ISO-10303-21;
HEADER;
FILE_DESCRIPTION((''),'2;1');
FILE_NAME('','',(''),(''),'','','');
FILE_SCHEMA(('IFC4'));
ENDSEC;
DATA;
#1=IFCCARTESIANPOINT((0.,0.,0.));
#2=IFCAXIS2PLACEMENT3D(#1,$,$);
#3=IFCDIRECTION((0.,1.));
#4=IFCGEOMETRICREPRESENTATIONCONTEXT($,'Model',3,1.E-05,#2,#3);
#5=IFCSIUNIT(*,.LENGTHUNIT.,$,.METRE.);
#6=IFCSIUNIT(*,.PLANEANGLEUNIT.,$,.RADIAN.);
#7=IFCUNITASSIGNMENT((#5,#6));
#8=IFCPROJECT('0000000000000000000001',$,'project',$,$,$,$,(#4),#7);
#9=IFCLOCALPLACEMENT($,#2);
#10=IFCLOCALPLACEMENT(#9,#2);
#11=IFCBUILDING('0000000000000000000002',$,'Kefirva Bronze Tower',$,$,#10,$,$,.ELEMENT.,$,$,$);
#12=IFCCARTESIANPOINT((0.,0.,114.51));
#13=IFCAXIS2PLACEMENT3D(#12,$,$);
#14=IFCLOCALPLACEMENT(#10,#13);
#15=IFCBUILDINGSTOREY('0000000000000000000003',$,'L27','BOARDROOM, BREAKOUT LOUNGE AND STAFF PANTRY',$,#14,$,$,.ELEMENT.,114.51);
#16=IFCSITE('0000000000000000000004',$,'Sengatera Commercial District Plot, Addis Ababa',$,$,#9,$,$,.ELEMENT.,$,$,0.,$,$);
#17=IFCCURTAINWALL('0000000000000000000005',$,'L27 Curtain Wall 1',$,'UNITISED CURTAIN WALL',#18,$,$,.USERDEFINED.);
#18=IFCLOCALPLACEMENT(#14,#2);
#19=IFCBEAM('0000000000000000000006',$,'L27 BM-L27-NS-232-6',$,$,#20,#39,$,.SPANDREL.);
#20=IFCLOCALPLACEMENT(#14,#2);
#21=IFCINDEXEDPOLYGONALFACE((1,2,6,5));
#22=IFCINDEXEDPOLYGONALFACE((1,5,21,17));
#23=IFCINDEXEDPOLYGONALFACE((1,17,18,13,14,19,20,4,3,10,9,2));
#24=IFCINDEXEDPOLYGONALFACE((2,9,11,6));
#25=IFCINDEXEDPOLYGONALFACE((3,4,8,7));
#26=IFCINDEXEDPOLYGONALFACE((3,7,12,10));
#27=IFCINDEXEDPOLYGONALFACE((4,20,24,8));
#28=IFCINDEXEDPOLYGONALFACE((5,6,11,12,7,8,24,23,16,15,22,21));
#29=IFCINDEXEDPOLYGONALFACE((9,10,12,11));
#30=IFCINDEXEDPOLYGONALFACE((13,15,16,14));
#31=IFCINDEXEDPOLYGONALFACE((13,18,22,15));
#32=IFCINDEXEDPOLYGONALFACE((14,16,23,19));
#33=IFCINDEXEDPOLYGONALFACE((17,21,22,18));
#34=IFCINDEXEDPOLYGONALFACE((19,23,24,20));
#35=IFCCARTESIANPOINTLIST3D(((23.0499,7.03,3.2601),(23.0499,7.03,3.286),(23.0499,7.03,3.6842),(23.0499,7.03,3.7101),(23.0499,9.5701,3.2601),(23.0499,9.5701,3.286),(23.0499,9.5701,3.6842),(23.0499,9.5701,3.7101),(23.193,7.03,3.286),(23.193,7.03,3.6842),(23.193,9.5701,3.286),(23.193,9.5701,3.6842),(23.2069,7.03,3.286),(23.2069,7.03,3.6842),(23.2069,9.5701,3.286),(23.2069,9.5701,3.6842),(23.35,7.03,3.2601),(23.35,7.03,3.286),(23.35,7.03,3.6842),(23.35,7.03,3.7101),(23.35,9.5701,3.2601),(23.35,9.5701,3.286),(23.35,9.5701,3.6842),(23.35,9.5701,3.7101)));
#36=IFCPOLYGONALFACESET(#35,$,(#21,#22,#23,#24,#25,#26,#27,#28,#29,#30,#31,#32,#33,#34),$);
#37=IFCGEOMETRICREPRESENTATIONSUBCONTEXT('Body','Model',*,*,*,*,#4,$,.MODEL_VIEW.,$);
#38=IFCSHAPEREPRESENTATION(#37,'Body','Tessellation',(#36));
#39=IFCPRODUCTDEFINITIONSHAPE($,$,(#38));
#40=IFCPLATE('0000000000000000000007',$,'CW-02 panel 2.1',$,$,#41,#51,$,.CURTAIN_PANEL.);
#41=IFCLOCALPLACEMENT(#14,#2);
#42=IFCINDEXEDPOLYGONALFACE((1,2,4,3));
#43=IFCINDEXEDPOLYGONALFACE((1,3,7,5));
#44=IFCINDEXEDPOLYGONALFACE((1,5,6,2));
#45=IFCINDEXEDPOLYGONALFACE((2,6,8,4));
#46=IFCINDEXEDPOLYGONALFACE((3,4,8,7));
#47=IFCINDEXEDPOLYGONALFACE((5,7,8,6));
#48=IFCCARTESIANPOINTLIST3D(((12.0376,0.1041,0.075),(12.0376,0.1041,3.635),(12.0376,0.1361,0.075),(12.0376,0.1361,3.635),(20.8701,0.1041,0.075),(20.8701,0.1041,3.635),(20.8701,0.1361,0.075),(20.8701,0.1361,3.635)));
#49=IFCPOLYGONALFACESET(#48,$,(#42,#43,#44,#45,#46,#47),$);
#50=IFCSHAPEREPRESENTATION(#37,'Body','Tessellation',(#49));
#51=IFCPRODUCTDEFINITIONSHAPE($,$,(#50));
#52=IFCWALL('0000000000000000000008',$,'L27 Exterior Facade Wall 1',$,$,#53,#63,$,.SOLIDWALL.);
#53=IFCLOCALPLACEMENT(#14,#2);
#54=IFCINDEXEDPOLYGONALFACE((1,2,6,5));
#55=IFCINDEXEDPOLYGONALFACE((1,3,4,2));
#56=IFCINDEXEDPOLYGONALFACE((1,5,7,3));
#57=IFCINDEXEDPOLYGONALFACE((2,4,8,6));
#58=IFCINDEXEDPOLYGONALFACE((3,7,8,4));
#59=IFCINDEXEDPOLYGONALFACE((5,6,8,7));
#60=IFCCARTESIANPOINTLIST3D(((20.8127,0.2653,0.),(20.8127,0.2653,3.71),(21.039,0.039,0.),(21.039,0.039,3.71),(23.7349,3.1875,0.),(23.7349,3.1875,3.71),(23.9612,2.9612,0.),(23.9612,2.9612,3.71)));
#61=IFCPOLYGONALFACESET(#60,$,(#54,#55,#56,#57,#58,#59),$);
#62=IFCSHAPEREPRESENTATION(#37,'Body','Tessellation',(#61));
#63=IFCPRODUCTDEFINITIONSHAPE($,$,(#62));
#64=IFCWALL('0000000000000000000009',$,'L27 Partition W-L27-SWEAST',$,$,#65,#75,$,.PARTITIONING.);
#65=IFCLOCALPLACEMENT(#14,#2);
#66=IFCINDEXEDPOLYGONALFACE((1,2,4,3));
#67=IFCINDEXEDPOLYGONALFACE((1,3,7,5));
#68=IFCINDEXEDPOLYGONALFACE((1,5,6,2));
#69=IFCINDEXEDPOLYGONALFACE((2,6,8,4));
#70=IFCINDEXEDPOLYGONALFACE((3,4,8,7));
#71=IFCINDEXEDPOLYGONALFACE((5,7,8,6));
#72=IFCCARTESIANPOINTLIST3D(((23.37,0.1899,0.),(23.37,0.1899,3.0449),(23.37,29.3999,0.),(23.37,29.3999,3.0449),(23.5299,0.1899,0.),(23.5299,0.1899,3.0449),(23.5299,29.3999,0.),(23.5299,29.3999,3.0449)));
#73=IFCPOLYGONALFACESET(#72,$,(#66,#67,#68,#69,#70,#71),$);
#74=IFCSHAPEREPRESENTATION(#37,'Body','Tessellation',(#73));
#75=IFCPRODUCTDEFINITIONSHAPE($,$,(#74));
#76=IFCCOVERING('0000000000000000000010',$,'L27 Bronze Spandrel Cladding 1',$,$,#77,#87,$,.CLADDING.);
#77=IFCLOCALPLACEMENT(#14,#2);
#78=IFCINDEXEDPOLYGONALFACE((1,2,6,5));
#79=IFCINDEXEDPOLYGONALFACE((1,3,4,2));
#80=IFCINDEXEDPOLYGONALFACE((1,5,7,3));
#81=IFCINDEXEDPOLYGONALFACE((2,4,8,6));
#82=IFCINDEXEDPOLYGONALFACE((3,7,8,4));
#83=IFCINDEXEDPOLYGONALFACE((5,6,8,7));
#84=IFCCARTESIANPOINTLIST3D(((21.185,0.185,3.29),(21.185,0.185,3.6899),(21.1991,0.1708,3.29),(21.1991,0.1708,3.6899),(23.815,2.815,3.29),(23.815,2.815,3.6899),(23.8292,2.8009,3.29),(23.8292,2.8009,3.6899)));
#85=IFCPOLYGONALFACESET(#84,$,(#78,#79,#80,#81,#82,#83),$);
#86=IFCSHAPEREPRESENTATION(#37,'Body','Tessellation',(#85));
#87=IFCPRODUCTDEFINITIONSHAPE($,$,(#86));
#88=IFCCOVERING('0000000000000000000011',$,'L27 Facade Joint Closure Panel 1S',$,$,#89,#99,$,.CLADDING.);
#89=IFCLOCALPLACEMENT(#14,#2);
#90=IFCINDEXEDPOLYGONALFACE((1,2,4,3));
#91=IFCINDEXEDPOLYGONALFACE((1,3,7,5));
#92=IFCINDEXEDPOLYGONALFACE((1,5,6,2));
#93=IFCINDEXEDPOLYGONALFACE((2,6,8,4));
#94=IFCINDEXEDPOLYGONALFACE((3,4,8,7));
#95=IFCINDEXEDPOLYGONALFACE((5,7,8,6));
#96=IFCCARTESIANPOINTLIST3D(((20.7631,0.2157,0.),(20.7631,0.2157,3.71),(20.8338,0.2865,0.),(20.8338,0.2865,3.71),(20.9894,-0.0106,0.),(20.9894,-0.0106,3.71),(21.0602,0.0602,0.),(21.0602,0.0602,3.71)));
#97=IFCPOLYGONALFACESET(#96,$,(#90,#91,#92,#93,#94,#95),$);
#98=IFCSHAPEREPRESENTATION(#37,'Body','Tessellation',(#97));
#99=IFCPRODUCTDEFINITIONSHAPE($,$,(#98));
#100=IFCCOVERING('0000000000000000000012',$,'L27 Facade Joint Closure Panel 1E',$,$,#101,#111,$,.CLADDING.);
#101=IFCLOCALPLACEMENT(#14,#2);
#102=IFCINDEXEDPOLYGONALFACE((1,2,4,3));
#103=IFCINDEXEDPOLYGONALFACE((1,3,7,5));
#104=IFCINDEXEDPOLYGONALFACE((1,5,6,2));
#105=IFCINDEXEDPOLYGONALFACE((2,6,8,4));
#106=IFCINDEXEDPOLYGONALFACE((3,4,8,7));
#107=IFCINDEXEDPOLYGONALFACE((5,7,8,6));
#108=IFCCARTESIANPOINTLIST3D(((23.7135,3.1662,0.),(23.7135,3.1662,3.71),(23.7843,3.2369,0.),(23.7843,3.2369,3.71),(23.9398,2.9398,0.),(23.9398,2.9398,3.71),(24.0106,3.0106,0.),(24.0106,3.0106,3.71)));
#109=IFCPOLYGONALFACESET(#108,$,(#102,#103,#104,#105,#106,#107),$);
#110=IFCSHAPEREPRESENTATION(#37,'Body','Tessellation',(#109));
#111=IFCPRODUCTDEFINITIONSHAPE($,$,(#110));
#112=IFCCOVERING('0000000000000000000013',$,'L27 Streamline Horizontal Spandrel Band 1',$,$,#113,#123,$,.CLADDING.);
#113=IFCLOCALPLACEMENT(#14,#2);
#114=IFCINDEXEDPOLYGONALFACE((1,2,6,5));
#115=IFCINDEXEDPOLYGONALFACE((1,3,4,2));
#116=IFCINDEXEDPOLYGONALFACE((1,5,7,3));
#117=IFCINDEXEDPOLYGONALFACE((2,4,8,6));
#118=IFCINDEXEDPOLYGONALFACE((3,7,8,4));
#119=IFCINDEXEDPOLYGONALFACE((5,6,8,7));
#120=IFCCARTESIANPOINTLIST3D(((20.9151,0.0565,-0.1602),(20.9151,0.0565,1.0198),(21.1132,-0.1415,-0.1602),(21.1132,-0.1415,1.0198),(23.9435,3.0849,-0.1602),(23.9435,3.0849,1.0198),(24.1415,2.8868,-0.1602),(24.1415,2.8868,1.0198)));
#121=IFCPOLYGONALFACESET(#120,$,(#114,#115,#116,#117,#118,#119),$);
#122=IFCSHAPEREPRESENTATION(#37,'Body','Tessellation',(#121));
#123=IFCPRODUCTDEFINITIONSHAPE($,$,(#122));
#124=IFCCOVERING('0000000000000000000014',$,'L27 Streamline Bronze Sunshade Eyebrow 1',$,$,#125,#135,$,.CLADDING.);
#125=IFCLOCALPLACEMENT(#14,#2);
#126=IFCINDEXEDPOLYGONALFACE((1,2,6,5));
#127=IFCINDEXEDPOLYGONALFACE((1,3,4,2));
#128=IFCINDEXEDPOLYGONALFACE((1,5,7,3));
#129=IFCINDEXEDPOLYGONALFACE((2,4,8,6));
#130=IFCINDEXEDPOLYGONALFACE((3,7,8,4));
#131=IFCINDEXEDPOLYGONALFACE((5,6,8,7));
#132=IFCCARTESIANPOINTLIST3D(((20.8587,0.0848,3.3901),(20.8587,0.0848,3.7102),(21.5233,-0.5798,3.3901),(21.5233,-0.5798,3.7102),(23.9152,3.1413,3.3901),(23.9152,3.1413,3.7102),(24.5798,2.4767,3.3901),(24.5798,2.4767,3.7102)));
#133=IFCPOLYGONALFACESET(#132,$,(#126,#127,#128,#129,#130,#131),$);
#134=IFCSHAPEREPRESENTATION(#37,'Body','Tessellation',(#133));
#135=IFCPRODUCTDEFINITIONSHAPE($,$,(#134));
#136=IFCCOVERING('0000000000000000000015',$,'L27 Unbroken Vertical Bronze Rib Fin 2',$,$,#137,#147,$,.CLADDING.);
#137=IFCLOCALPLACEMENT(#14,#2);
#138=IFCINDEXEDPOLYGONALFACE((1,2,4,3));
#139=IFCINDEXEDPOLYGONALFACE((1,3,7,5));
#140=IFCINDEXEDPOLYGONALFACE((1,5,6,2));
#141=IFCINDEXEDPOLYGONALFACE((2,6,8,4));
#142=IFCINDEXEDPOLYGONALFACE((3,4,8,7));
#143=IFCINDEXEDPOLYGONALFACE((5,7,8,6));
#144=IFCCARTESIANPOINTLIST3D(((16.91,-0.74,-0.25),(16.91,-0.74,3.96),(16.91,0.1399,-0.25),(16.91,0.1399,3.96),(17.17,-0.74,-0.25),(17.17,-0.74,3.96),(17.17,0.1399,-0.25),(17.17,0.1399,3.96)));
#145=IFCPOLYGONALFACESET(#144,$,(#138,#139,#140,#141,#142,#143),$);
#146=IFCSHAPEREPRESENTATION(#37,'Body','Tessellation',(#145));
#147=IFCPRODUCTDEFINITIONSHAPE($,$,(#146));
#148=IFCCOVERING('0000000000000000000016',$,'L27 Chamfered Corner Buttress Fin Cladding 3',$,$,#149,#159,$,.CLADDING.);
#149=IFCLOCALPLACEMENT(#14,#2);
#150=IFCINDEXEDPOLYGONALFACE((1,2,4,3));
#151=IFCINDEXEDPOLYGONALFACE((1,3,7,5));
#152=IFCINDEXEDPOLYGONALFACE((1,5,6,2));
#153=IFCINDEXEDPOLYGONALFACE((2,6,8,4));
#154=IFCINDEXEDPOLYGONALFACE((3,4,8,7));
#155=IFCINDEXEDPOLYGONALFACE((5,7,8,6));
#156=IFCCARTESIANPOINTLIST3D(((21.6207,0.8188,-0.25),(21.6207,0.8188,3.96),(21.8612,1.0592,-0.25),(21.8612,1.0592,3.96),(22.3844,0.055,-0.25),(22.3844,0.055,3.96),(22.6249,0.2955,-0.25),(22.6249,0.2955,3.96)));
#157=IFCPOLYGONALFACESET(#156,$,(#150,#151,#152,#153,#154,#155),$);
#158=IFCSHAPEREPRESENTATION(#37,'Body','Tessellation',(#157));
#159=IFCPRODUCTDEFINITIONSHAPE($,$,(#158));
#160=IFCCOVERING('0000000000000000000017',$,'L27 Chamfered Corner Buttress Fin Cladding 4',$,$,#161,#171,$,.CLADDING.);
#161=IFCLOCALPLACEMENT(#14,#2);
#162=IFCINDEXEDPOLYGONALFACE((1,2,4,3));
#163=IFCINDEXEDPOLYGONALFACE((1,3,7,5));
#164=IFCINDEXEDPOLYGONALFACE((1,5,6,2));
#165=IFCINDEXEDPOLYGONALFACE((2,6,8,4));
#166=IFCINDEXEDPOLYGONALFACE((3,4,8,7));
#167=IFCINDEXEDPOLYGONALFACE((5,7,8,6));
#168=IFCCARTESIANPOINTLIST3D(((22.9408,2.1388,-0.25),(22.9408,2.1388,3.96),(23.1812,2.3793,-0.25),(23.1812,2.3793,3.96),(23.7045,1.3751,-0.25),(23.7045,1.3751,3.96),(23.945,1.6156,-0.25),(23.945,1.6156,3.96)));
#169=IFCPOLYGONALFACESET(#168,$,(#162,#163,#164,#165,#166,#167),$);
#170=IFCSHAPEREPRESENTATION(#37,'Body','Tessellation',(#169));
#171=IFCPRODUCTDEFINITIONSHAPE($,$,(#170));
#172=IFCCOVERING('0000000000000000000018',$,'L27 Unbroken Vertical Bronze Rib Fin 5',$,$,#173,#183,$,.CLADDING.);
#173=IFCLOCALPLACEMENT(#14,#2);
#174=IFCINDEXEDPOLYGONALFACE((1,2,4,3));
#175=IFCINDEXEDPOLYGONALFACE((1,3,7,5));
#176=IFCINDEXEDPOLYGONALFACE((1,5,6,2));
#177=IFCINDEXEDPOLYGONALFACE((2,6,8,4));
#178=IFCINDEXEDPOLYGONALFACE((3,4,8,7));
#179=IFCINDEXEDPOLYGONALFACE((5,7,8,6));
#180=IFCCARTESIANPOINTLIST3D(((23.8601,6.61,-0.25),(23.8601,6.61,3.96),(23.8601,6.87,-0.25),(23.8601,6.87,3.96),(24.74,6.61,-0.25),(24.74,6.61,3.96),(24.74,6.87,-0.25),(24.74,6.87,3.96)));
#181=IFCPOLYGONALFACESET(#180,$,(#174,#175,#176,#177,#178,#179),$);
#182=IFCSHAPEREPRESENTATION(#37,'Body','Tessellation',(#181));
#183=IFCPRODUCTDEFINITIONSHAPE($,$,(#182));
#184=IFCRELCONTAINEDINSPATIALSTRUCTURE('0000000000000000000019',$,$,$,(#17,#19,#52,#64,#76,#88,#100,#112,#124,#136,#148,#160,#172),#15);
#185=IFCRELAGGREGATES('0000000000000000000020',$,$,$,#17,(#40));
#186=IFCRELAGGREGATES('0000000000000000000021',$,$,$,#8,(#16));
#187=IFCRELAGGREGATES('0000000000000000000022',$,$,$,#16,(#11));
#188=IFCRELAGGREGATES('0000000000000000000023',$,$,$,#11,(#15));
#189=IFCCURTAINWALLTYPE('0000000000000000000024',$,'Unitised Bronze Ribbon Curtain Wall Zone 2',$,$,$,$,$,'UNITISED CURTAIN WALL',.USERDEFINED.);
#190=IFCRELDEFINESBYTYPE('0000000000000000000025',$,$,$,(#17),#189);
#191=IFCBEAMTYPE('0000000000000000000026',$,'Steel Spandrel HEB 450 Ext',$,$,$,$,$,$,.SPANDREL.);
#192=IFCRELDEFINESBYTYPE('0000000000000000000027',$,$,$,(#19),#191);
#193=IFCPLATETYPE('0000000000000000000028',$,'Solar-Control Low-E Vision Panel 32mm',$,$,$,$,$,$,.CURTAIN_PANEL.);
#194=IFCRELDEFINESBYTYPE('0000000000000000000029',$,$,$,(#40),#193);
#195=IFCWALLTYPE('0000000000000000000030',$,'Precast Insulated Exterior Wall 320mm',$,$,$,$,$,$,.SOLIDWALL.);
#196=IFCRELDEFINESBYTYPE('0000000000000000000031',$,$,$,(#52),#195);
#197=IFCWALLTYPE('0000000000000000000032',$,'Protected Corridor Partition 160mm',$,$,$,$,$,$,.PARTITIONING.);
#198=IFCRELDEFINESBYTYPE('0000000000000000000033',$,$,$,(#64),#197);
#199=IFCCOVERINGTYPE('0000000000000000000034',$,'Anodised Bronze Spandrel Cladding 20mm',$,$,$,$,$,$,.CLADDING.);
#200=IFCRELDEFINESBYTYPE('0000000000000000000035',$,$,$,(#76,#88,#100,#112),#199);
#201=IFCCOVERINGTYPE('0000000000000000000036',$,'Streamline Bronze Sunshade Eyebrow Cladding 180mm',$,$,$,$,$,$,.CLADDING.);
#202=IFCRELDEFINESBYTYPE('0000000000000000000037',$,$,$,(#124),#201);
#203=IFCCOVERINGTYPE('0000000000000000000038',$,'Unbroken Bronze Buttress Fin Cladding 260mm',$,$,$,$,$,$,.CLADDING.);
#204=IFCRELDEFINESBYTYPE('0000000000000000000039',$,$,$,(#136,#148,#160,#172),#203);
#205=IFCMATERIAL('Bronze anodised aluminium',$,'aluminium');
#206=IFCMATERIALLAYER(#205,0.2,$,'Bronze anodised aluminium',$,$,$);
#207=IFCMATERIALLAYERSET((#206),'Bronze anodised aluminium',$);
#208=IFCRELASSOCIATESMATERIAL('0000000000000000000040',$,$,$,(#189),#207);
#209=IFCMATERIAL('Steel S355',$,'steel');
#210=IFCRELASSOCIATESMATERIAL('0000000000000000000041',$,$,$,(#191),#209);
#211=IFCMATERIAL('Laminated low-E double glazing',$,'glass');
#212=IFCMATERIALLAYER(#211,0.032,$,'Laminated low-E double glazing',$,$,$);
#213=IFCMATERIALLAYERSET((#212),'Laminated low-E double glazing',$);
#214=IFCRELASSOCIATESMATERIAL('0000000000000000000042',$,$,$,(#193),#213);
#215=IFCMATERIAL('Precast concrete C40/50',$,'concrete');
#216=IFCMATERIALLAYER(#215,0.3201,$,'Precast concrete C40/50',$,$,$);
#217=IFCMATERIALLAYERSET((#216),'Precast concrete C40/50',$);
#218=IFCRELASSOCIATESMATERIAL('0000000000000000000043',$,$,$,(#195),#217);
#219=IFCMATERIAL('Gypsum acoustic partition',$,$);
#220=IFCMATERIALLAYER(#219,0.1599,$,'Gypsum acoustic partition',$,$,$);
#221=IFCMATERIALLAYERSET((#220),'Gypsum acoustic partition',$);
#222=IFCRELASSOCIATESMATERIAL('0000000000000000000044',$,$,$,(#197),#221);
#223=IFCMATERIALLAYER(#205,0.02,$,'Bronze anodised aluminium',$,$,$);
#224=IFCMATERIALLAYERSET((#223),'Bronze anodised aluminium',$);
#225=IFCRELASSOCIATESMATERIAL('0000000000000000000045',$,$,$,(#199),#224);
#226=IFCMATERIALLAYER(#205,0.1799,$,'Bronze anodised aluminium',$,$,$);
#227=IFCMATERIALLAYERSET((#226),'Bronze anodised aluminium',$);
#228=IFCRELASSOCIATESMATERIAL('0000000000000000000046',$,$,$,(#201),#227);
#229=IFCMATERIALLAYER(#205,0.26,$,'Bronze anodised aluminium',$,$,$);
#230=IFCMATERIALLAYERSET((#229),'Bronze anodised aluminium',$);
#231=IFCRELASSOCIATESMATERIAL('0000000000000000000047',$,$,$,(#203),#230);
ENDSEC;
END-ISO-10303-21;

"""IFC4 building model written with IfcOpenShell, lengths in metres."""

from ifc_helpers import new_model, si_unit, direction, frame, frame_2d, origin, origin_2d, place, context, subcontext, project, spatial, rectangle, i_section, extrude, material, layer, layer_set, material_profile, profile_set, type_object, element, aggregate, save


model = new_model("IFC4")

# Units and contexts
model_context = context("Model", 3, precision=1e-05, world=origin(), true_north=direction((0.0, 1.0)))
body_context = subcontext(model_context, "Body", "Model", "MODEL_VIEW")
ifc_project = project(units=[si_unit("LENGTHUNIT", "METRE"), si_unit("PLANEANGLEUNIT", "RADIAN")], contexts=[model_context])

# Site, building, storey
site_placement = place(None, origin())
site = spatial("IfcSite", under=ifc_project, at=site_placement, Name="Sengatera Commercial District Plot, Addis Ababa", CompositionType="ELEMENT", RefElevation=0.0)
building_placement = place(site_placement, origin())
building = spatial("IfcBuilding", under=site, at=building_placement, Name="Kefirva Bronze Tower", CompositionType="ELEMENT")
storey_placement = place(building_placement, frame((0.0, 0.0, 114.51)))
storey = spatial("IfcBuildingStorey", under=building, at=storey_placement, Name="L27", Description="BOARDROOM, BREAKOUT LOUNGE AND STAFF PANTRY", CompositionType="ELEMENT", Elevation=114.51)

# Curtain wall
ifc_material_1 = material(Name="Bronze anodised aluminium", Category="aluminium")
ifc_layer_1 = layer(ifc_material_1, 0.2, Name="Bronze anodised aluminium")
ifc_layer_set_1 = layer_set([ifc_layer_1], Name="Bronze anodised aluminium")
curtain_wall_type = type_object("IfcCurtainWallType", Name="Unitised Bronze Ribbon Curtain Wall Zone 2", ElementType="UNITISED CURTAIN WALL", PredefinedType="USERDEFINED", material=ifc_layer_set_1)
curtain_wall_1_placement = place(storey_placement, origin())
curtain_wall_1 = element("IfcCurtainWall", 1, at=curtain_wall_1_placement, inside=storey, type_object=curtain_wall_type, Name="L27 Curtain Wall 1", ObjectType="UNITISED CURTAIN WALL", PredefinedType="USERDEFINED")

# Beam
ifc_material_2 = material(Name="Steel S355", Category="steel")
ifc_material_profile_1 = material_profile(ifc_material_2, i_section(OverallWidth=0.3, OverallDepth=0.45, WebThickness=0.0139, FlangeThickness=0.0259, at=origin_2d()), Name="HEB 450")
ifc_profile_set_1 = profile_set([ifc_material_profile_1], Name="Steel S355")
beam_type_1 = type_object("IfcBeamType", Name="Steel Spandrel HEB 450 Ext", PredefinedType="SPANDREL", material=ifc_profile_set_1)
beam_1_placement = place(storey_placement, frame((23.2, 7.03, 3.4851), z_axis=(0.0, 1.0, 0.0), x_axis=(-1.0, 0.0, 0.0)))
element("IfcBeam", 2, at=beam_1_placement, inside=storey, type_object=beam_type_1, Name="L27 BM-L27-NS-232-6", PredefinedType="SPANDREL", context=body_context, shape_type="SweptSolid", body=[
    extrude(i_section(OverallWidth=0.3, OverallDepth=0.45, WebThickness=0.0139, FlangeThickness=0.0259, at=origin_2d()), origin(), (0.0, 0.0, 1.0), 2.54),
])

# Plate
ifc_material_3 = material(Name="Laminated low-E double glazing", Category="glass")
ifc_layer_2 = layer(ifc_material_3, 0.032, Name="Laminated low-E double glazing")
ifc_layer_set_2 = layer_set([ifc_layer_2], Name="Laminated low-E double glazing")
plate_type = type_object("IfcPlateType", Name="Solar-Control Low-E Vision Panel 32mm", PredefinedType="CURTAIN_PANEL", material=ifc_layer_set_2)
plate_placement = place(storey_placement, frame((16.4539, 0.1201, 0.075), z_axis=(0.0, 0.0, 1.0), x_axis=(1.0, 0.0, 0.0)))
plate = element("IfcPlate", 3, at=plate_placement, type_object=plate_type, Name="CW-02 panel 2.1", PredefinedType="CURTAIN_PANEL", context=body_context, shape_type="SweptSolid", body=[
    extrude(rectangle(XDim=8.8325, YDim=0.032, at=origin_2d()), origin(), (0.0, 0.0, 1.0), 3.5601),
])
aggregate(curtain_wall_1, [plate])

# Walls
ifc_material_4 = material(Name="Precast concrete C40/50", Category="concrete")
ifc_layer_3 = layer(ifc_material_4, 0.3201, Name="Precast concrete C40/50")
ifc_layer_set_3 = layer_set([ifc_layer_3], Name="Precast concrete C40/50")
wall_type_1 = type_object("IfcWallType", Name="Precast Insulated Exterior Wall 320mm", PredefinedType="SOLIDWALL", material=ifc_layer_set_3)
wall_1_placement = place(storey_placement, frame((20.9258, 0.1521, 0.0), z_axis=(0.0, 0.0, 1.0), x_axis=(0.707107, 0.707107, 0.0)))
element("IfcWall", 4, at=wall_1_placement, inside=storey, type_object=wall_type_1, Name="L27 Exterior Facade Wall 1", PredefinedType="SOLIDWALL", context=body_context, shape_type="SweptSolid", body=[
    extrude(rectangle(XDim=4.1326, YDim=0.3201, at=frame_2d((2.0664, 0.0))), origin(), (0.0, 0.0, 1.0), 3.71),
])
ifc_material_5 = material(Name="Gypsum acoustic partition")
ifc_layer_4 = layer(ifc_material_5, 0.1599, Name="Gypsum acoustic partition")
ifc_layer_set_4 = layer_set([ifc_layer_4], Name="Gypsum acoustic partition")
wall_type_2 = type_object("IfcWallType", Name="Protected Corridor Partition 160mm", PredefinedType="PARTITIONING", material=ifc_layer_set_4)
wall_2_placement = place(storey_placement, frame((23.45, 0.1899, 0.0), z_axis=(0.0, 0.0, 1.0), x_axis=(0.0, 1.0, 0.0)))
element("IfcWall", 5, at=wall_2_placement, inside=storey, type_object=wall_type_2, Name="L27 Partition W-L27-SWEAST", PredefinedType="PARTITIONING", context=body_context, shape_type="SweptSolid", body=[
    extrude(rectangle(XDim=29.21, YDim=0.1599, at=frame_2d((14.605, 0.0))), origin(), (0.0, 0.0, 1.0), 3.0449),
])

# Coverings
ifc_layer_5 = layer(ifc_material_1, 0.02, Name="Bronze anodised aluminium")
ifc_layer_set_5 = layer_set([ifc_layer_5], Name="Bronze anodised aluminium")
covering_type_1 = type_object("IfcCoveringType", Name="Anodised Bronze Spandrel Cladding 20mm", PredefinedType="CLADDING", material=ifc_layer_set_5)
covering_1_placement = place(storey_placement, frame((22.5071, 1.4929, 3.29), z_axis=(0.0, 0.0, 1.0), x_axis=(0.707107, 0.707107, 0.0)))
element("IfcCovering", 6, at=covering_1_placement, inside=storey, type_object=covering_type_1, Name="L27 Bronze Spandrel Cladding 1", PredefinedType="CLADDING", context=body_context, shape_type="SweptSolid", body=[
    extrude(rectangle(XDim=3.7195, YDim=0.02, at=origin_2d()), origin(), (0.0, 0.0, 1.0), 0.3999),
])
for number, where, z_axis, x_axis, name in (
    (7, (20.9116, 0.1379, 0.0), (0.0, 0.0, 1.0), (0.707107, 0.707107, 0.0), "L27 Facade Joint Closure Panel 1S"),
    (8, (23.8621, 3.0884, 0.0), (0.0, 0.0, 1.0), (0.707107, 0.707107, 0.0), "L27 Facade Joint Closure Panel 1E"),
):
    element("IfcCovering", number, at=place(storey_placement, frame(where, z_axis=z_axis, x_axis=x_axis)), inside=storey, type_object=covering_type_1, Name=name, PredefinedType="CLADDING", context=body_context, shape_type="SweptSolid", body=[
        extrude(rectangle(XDim=0.1001, YDim=0.3201, at=origin_2d()), origin(), (0.0, 0.0, 1.0), 3.71),
    ])
covering_2_placement = place(storey_placement, frame((22.5283, 1.4717, -0.1602), z_axis=(0.0, 0.0, 1.0), x_axis=(0.707107, 0.707107, 0.0)))
element("IfcCovering", 9, at=covering_2_placement, inside=storey, type_object=covering_type_1, Name="L27 Streamline Horizontal Spandrel Band 1", PredefinedType="CLADDING", context=body_context, shape_type="SweptSolid", body=[
    extrude(rectangle(XDim=4.2827, YDim=0.28, at=origin_2d()), origin(), (0.0, 0.0, 1.0), 1.1799),
])
ifc_layer_6 = layer(ifc_material_1, 0.1799, Name="Bronze anodised aluminium")
ifc_layer_set_6 = layer_set([ifc_layer_6], Name="Bronze anodised aluminium")
covering_type_2 = type_object("IfcCoveringType", Name="Streamline Bronze Sunshade Eyebrow Cladding 180mm", PredefinedType="CLADDING", material=ifc_layer_set_6)
covering_3_placement = place(storey_placement, frame((22.7192, 1.2808, 3.3901), z_axis=(0.0, 0.0, 1.0), x_axis=(0.707107, 0.707107, 0.0)))
element("IfcCovering", 10, at=covering_3_placement, inside=storey, type_object=covering_type_2, Name="L27 Streamline Bronze Sunshade Eyebrow 1", PredefinedType="CLADDING", context=body_context, shape_type="SweptSolid", body=[
    extrude(rectangle(XDim=4.3225, YDim=0.9399, at=origin_2d()), origin(), (0.0, 0.0, 1.0), 0.3201),
])
ifc_layer_7 = layer(ifc_material_1, 0.26, Name="Bronze anodised aluminium")
ifc_layer_set_7 = layer_set([ifc_layer_7], Name="Bronze anodised aluminium")
covering_type_3 = type_object("IfcCoveringType", Name="Unbroken Bronze Buttress Fin Cladding 260mm", PredefinedType="CLADDING", material=ifc_layer_set_7)
covering_4_placement = place(storey_placement, frame((17.04, -0.3, -0.25), z_axis=(0.0, 0.0, 1.0), x_axis=(1.0, 0.0, 0.0)))
element("IfcCovering", 11, at=covering_4_placement, inside=storey, type_object=covering_type_3, Name="L27 Unbroken Vertical Bronze Rib Fin 2", PredefinedType="CLADDING", context=body_context, shape_type="SweptSolid", body=[
    extrude(rectangle(XDim=0.26, YDim=0.8799, at=origin_2d()), origin(), (0.0, 0.0, 1.0), 4.21),
])
for number, where, z_axis, x_axis, name in (
    (12, (22.1228, 0.5571, -0.25), (0.0, 0.0, 1.0), (0.707107, 0.707107, 0.0), "L27 Chamfered Corner Buttress Fin Cladding 3"),
    (13, (23.4429, 1.8772, -0.25), (0.0, 0.0, 1.0), (0.707107, 0.707107, 0.0), "L27 Chamfered Corner Buttress Fin Cladding 4"),
):
    element("IfcCovering", number, at=place(storey_placement, frame(where, z_axis=z_axis, x_axis=x_axis)), inside=storey, type_object=covering_type_3, Name=name, PredefinedType="CLADDING", context=body_context, shape_type="SweptSolid", body=[
        extrude(rectangle(XDim=0.3401, YDim=1.0801, at=origin_2d()), origin(), (0.0, 0.0, 1.0), 4.21),
    ])
covering_5_placement = place(storey_placement, frame((24.3, 6.74, -0.25), z_axis=(0.0, 0.0, 1.0), x_axis=(0.0, 1.0, 0.0)))
element("IfcCovering", 14, at=covering_5_placement, inside=storey, type_object=covering_type_3, Name="L27 Unbroken Vertical Bronze Rib Fin 5", PredefinedType="CLADDING", context=body_context, shape_type="SweptSolid", body=[
    extrude(rectangle(XDim=0.26, YDim=0.8799, at=origin_2d()), origin(), (0.0, 0.0, 1.0), 4.21),
])

save(model, "model.ifc")
